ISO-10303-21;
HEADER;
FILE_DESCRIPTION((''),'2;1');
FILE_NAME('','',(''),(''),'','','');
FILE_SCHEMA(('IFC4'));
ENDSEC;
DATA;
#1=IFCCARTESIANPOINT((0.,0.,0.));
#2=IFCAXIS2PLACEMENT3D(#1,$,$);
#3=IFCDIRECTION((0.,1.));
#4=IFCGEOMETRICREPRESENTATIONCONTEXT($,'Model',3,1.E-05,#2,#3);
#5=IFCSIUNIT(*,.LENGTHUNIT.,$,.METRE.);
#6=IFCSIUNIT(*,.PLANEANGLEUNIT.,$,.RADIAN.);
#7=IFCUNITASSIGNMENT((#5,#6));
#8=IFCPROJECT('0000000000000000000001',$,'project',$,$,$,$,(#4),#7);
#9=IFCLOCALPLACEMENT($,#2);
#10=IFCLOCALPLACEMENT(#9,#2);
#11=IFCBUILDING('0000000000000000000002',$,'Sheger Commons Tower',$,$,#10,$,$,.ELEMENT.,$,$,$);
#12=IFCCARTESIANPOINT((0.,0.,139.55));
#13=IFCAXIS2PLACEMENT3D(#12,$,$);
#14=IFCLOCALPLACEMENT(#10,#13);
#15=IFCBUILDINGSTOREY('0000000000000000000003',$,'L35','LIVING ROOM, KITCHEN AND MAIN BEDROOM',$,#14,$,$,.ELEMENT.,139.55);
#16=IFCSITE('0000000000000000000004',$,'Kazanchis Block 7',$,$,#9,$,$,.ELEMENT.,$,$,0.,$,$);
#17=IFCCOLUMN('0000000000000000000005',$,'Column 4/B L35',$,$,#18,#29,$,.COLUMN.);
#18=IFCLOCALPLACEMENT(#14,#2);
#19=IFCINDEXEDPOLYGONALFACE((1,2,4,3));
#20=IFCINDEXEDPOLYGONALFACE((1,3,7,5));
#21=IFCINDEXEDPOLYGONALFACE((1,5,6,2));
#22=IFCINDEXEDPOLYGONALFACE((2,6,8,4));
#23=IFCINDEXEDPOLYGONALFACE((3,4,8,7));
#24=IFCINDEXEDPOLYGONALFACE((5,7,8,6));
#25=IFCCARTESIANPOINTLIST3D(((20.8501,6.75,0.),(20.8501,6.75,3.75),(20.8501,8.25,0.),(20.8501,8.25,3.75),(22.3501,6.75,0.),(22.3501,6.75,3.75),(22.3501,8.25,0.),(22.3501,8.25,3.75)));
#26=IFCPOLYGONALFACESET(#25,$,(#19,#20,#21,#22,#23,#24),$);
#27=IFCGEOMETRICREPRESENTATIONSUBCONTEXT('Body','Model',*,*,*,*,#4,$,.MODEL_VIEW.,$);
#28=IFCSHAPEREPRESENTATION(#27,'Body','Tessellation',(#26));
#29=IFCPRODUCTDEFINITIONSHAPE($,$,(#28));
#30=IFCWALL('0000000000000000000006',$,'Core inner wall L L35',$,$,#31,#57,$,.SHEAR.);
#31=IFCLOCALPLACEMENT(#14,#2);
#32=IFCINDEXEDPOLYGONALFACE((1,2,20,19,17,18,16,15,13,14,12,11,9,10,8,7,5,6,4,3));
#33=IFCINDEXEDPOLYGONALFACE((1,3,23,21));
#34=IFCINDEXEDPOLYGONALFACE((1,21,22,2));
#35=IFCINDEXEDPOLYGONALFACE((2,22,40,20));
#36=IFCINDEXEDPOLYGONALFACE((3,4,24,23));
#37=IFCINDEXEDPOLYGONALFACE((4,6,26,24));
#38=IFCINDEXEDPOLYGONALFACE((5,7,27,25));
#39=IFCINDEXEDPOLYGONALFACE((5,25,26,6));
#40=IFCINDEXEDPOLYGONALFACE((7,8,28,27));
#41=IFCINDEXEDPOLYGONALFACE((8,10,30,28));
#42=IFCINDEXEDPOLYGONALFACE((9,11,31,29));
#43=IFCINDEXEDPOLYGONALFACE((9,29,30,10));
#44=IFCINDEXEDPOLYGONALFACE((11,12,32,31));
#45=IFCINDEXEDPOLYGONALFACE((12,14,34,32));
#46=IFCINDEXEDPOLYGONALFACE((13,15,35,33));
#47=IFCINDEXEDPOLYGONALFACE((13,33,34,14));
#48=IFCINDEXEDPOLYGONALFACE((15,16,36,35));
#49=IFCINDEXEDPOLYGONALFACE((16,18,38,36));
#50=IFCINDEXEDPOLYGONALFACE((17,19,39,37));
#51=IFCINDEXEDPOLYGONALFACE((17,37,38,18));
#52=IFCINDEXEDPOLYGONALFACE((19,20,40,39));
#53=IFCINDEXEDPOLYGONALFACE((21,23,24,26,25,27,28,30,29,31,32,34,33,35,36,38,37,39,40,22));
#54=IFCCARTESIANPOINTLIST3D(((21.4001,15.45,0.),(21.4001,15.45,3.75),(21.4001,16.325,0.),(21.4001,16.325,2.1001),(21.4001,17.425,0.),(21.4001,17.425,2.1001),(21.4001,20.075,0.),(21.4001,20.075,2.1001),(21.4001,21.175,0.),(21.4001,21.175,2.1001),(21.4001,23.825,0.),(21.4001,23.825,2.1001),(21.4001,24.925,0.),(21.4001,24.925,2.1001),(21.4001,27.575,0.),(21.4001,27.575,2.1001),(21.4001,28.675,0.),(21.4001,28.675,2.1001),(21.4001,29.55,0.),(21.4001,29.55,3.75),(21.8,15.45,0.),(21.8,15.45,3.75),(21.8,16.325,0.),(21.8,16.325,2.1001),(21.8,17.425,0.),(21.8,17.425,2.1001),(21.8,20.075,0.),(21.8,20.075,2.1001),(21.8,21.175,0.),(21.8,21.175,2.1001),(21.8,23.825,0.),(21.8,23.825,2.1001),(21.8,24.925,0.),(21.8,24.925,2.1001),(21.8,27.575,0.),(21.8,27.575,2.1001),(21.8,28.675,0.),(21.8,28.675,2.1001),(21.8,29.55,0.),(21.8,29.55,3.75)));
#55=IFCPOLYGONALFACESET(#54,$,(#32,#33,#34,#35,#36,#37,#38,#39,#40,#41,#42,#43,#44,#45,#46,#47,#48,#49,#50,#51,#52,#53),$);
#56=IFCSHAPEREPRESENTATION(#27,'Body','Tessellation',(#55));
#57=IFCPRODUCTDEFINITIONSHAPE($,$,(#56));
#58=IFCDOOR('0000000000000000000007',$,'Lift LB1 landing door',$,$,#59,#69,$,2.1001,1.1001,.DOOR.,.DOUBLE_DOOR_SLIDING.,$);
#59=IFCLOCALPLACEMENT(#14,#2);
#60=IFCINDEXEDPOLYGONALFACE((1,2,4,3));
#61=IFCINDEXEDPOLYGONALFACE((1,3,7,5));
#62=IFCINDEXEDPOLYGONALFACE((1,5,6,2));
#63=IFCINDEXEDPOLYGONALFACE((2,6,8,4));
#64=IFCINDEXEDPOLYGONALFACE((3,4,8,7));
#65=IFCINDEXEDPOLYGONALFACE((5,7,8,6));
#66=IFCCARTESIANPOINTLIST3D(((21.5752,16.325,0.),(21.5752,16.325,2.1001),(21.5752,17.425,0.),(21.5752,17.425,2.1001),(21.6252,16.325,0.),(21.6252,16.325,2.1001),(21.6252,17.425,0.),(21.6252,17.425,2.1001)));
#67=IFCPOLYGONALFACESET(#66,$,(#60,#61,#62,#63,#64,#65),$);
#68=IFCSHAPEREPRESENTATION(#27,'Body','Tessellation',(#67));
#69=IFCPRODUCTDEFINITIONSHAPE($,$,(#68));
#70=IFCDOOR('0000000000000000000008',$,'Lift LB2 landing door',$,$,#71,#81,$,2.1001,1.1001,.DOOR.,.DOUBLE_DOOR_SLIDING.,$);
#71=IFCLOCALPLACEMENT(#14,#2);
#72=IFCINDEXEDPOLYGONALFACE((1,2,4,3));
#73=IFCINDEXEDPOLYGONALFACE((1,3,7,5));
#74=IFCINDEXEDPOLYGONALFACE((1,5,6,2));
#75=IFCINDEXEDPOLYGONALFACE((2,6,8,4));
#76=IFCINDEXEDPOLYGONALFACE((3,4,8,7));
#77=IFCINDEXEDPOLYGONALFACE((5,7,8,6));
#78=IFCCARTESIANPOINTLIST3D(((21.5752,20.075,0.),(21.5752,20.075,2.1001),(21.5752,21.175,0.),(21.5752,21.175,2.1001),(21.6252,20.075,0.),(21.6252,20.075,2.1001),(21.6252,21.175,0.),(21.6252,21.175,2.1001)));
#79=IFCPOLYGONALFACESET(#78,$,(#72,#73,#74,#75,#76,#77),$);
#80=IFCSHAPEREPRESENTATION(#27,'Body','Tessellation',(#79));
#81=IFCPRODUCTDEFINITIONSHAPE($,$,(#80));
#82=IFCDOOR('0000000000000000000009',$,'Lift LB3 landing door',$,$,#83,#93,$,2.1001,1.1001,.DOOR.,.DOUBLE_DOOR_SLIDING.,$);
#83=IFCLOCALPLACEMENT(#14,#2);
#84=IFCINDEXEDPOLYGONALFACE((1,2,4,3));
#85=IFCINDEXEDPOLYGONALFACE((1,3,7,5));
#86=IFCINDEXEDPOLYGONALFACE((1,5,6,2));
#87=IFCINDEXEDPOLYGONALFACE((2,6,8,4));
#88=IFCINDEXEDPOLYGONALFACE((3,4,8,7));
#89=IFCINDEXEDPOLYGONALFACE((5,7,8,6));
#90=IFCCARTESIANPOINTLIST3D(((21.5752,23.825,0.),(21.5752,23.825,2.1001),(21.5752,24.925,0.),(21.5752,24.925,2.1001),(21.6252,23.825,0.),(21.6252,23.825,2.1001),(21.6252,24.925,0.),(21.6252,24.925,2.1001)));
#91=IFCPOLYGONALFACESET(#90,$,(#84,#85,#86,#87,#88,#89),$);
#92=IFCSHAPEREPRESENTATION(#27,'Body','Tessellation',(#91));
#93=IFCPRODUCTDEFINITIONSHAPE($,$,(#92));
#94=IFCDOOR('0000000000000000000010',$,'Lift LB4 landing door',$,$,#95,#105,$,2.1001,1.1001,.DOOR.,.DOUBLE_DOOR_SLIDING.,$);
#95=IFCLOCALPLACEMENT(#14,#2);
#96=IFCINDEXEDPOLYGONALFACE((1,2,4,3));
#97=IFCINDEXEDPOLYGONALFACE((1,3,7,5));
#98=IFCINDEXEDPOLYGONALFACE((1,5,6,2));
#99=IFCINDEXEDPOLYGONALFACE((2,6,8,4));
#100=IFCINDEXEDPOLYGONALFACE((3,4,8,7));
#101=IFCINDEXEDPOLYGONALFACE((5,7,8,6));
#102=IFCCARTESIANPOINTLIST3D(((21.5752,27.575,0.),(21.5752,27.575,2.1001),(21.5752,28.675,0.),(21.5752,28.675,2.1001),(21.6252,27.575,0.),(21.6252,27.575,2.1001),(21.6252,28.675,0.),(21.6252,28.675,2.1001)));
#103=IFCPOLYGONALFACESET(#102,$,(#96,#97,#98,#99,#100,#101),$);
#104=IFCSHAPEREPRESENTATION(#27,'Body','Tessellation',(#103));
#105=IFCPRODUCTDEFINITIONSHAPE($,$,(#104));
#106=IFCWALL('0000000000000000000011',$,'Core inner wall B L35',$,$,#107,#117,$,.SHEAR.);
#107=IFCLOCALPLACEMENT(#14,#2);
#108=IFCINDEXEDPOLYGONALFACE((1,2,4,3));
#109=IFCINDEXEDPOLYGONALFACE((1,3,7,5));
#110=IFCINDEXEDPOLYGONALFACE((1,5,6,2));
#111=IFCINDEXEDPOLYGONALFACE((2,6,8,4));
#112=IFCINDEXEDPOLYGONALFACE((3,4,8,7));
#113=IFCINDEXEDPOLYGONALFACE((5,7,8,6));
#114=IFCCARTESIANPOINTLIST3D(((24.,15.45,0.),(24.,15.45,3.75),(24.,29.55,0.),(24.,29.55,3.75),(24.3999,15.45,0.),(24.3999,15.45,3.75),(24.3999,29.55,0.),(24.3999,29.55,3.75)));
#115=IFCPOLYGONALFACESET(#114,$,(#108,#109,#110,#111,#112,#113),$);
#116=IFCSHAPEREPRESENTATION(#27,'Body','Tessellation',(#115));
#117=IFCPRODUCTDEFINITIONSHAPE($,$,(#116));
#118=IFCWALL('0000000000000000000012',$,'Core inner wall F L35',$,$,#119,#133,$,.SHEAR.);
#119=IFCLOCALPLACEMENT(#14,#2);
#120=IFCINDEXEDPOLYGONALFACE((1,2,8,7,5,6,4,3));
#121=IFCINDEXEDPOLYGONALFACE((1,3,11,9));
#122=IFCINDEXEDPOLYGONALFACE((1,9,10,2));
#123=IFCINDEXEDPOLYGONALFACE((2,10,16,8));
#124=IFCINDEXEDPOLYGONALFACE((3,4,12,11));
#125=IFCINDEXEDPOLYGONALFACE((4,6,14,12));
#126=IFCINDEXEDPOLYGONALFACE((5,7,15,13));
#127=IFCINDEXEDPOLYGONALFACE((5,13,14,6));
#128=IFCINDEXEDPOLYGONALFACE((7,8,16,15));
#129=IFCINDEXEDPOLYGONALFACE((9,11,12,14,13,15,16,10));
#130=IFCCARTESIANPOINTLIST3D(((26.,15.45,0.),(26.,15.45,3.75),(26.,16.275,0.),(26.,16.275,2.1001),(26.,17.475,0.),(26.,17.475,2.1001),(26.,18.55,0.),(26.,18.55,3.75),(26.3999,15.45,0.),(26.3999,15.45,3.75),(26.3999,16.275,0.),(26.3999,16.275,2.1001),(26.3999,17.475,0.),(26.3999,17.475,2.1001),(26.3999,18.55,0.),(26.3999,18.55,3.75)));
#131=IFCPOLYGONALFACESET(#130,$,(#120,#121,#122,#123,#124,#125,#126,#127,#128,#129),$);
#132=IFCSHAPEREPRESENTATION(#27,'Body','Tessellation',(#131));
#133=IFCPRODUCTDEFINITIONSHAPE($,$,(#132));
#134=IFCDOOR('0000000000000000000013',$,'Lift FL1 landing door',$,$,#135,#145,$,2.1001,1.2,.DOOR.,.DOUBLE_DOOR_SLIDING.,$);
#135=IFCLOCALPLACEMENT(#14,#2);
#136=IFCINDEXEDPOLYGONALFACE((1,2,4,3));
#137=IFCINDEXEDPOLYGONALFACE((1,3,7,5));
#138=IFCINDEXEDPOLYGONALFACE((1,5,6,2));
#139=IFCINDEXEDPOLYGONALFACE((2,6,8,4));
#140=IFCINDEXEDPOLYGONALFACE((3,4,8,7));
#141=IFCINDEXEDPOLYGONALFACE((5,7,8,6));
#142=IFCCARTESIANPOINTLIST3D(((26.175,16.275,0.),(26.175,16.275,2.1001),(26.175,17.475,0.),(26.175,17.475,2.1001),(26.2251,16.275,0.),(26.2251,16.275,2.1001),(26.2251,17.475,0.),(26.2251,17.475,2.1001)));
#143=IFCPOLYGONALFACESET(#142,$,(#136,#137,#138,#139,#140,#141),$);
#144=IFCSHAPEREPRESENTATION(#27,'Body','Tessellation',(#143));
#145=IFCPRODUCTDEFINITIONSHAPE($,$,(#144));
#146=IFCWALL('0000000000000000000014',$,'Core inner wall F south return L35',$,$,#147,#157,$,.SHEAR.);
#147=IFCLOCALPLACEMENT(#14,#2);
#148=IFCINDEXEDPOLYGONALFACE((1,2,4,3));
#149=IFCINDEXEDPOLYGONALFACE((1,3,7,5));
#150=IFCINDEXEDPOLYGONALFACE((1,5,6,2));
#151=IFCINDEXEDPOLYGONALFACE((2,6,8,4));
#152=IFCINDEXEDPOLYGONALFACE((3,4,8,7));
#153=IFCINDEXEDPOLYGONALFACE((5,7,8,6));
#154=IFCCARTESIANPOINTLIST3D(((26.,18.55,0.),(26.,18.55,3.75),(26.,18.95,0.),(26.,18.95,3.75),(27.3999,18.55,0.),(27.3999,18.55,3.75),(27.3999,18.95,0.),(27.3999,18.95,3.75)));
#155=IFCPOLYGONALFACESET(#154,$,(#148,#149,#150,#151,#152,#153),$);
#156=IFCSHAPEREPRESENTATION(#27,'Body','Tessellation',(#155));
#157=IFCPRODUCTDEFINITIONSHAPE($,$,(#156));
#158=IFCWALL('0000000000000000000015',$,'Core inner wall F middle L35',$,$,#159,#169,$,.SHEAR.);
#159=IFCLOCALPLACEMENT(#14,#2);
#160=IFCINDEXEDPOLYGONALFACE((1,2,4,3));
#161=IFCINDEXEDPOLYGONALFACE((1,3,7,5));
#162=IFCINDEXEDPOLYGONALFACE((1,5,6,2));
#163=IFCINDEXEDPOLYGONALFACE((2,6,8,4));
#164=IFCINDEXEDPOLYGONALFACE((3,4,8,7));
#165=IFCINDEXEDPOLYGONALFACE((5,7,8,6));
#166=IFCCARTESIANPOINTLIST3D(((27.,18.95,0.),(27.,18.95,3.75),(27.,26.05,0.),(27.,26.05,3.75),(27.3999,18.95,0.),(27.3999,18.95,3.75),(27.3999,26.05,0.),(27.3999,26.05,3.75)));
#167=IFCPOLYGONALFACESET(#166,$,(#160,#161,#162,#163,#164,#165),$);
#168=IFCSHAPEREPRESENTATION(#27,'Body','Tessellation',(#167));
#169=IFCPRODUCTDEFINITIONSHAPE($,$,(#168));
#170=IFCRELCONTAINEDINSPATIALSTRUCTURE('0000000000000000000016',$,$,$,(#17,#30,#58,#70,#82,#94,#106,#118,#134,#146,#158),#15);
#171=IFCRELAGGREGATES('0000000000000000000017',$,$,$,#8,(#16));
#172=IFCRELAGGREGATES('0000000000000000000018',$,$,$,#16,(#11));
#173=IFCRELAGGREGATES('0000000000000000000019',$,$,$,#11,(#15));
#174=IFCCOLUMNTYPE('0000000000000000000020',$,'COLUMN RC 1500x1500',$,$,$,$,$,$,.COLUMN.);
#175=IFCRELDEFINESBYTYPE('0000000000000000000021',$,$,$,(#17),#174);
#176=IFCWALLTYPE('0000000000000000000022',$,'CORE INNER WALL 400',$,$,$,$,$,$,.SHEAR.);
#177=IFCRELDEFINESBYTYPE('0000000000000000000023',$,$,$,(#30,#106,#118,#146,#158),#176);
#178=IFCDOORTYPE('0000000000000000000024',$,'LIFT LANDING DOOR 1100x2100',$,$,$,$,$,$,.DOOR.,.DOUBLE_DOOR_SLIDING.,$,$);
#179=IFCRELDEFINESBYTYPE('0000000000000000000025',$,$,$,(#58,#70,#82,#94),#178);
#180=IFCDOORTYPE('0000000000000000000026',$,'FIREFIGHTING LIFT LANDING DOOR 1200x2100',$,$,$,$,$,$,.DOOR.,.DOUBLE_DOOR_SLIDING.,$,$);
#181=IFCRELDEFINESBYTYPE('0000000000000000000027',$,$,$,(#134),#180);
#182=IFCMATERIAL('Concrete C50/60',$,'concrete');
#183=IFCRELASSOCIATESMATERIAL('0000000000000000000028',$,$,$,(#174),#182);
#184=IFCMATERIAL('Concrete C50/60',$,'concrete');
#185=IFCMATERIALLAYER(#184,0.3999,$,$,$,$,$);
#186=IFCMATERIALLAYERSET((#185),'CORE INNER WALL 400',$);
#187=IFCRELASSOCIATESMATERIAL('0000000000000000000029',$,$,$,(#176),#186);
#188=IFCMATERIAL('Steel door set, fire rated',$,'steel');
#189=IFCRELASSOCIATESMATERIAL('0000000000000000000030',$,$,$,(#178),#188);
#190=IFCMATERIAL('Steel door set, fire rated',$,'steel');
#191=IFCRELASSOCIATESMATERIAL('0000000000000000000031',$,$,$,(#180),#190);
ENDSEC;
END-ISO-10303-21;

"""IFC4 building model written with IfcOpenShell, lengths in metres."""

from ifc_helpers import new_model, si_unit, direction, frame, frame_2d, origin, origin_2d, place, context, subcontext, project, spatial, rectangle, extrude, material, layer, layer_set, material_profile, profile_set, type_object, element, fill, save


model = new_model("IFC4")

# Units and contexts
model_context = context("Model", 3, precision=1e-05, world=origin(), true_north=direction((0.0, 1.0)))
body_context = subcontext(model_context, "Body", "Model", "MODEL_VIEW")
ifc_project = project(units=[si_unit("LENGTHUNIT", "METRE"), si_unit("PLANEANGLEUNIT", "RADIAN")], contexts=[model_context])

# Site, building, storey
site_placement = place(None, origin())
site = spatial("IfcSite", under=ifc_project, at=site_placement, Name="Kazanchis Block 7", CompositionType="ELEMENT", RefElevation=0.0)
building_placement = place(site_placement, origin())
building = spatial("IfcBuilding", under=site, at=building_placement, Name="Sheger Commons Tower", CompositionType="ELEMENT")
storey_placement = place(building_placement, frame((0.0, 0.0, 139.55)))
storey = spatial("IfcBuildingStorey", under=building, at=storey_placement, Name="L35", Description="LIVING ROOM, KITCHEN AND MAIN BEDROOM", CompositionType="ELEMENT", Elevation=139.55)

# Column
ifc_material_1 = material(Name="Concrete C50/60", Category="concrete")
ifc_material_profile = material_profile(ifc_material_1, rectangle(XDim=1.5, YDim=1.5, at=origin_2d()), Name="RC 1500x1500")
ifc_profile_set = profile_set([ifc_material_profile], Name="Concrete C50/60")
column_type = type_object("IfcColumnType", Name="COLUMN RC 1500x1500", PredefinedType="COLUMN", material=ifc_profile_set)
column_placement = place(storey_placement, frame((21.6001, 7.5, 0.0), z_axis=(0.0, 0.0, 1.0), x_axis=(1.0, 0.0, 0.0)))
element("IfcColumn", 1, at=column_placement, inside=storey, type_object=column_type, Name="Column 4/B L35", PredefinedType="COLUMN", context=body_context, shape_type="SweptSolid", body=[
    extrude(rectangle(XDim=1.5, YDim=1.5, at=origin_2d()), origin(), (0.0, 0.0, 1.0), 3.75),
])

# Wall, openings, doors
ifc_material_2 = material(Name="Concrete C50/60", Category="concrete")
ifc_layer_1 = layer(ifc_material_2, 0.3999)
ifc_layer_set_1 = layer_set([ifc_layer_1], Name="CORE INNER WALL 400")
wall_type_1 = type_object("IfcWallType", Name="CORE INNER WALL 400", PredefinedType="SHEAR", material=ifc_layer_set_1)
wall_1_placement = place(storey_placement, frame((21.6001, 15.45, 0.0), z_axis=(0.0, 0.0, 1.0), x_axis=(0.0, 1.0, 0.0)))
wall_1 = element("IfcWall", 2, at=wall_1_placement, inside=storey, type_object=wall_type_1, Name="Core inner wall L L35", PredefinedType="SHEAR", context=body_context, shape_type="SweptSolid", body=[
    extrude(rectangle(XDim=14.1001, YDim=0.3999, at=frame_2d((7.05, 0.0))), origin(), (0.0, 0.0, 1.0), 3.75),
])
opening_1_placement = place(wall_1_placement, frame((0.875, 0.0, 0.0)))
opening_1 = element("IfcOpeningElement", 3, at=opening_1_placement, cuts=wall_1, PredefinedType="OPENING", context=body_context, shape_type="SweptSolid", body=[
    extrude(rectangle(XDim=1.1001, YDim=2.1001, at=frame_2d((0.55, 1.05))), frame((0.0, 0.21, 0.0), z_axis=(0.0, -1.0, 0.0), x_axis=(1.0, 0.0, 0.0)), (0.0, 0.0, 1.0), 0.4199),
])
opening_2_placement = place(wall_1_placement, frame((4.625, 0.0, 0.0)))
opening_2 = element("IfcOpeningElement", 4, at=opening_2_placement, cuts=wall_1, PredefinedType="OPENING", context=body_context, shape_type="SweptSolid", body=[
    extrude(rectangle(XDim=1.1001, YDim=2.1001, at=frame_2d((0.55, 1.05))), frame((0.0, 0.21, 0.0), z_axis=(0.0, -1.0, 0.0), x_axis=(1.0, 0.0, 0.0)), (0.0, 0.0, 1.0), 0.4199),
])
opening_3_placement = place(wall_1_placement, frame((8.375, 0.0, 0.0)))
opening_3 = element("IfcOpeningElement", 5, at=opening_3_placement, cuts=wall_1, PredefinedType="OPENING", context=body_context, shape_type="SweptSolid", body=[
    extrude(rectangle(XDim=1.1001, YDim=2.1001, at=frame_2d((0.55, 1.05))), frame((0.0, 0.21, 0.0), z_axis=(0.0, -1.0, 0.0), x_axis=(1.0, 0.0, 0.0)), (0.0, 0.0, 1.0), 0.4199),
])
opening_4_placement = place(wall_1_placement, frame((12.125, 0.0, 0.0)))
opening_4 = element("IfcOpeningElement", 6, at=opening_4_placement, cuts=wall_1, PredefinedType="OPENING", context=body_context, shape_type="SweptSolid", body=[
    extrude(rectangle(XDim=1.1001, YDim=2.1001, at=frame_2d((0.55, 1.05))), frame((0.0, 0.21, 0.0), z_axis=(0.0, -1.0, 0.0), x_axis=(1.0, 0.0, 0.0)), (0.0, 0.0, 1.0), 0.4199),
])
ifc_material_3 = material(Name="Steel door set, fire rated", Category="steel")
door_type_1 = type_object("IfcDoorType", Name="LIFT LANDING DOOR 1100x2100", OperationType="DOUBLE_DOOR_SLIDING", PredefinedType="DOOR", material=ifc_material_3)
door_1_placement = place(opening_1_placement, origin())
door_1 = element("IfcDoor", 7, at=door_1_placement, inside=storey, type_object=door_type_1, Name="Lift LB1 landing door", OperationType="DOUBLE_DOOR_SLIDING", OverallHeight=2.1001, OverallWidth=1.1001, PredefinedType="DOOR", context=body_context, shape_type="SweptSolid", body=[
    extrude(rectangle(XDim=1.1001, YDim=2.1001, at=frame_2d((0.55, 1.05))), frame((0.0, 0.0249, 0.0), z_axis=(0.0, -1.0, 0.0), x_axis=(1.0, 0.0, 0.0)), (0.0, 0.0, 1.0), 0.05),
])
fill(opening_1, door_1)
door_2_placement = place(opening_2_placement, origin())
door_2 = element("IfcDoor", 8, at=door_2_placement, inside=storey, type_object=door_type_1, Name="Lift LB2 landing door", OperationType="DOUBLE_DOOR_SLIDING", OverallHeight=2.1001, OverallWidth=1.1001, PredefinedType="DOOR", context=body_context, shape_type="SweptSolid", body=[
    extrude(rectangle(XDim=1.1001, YDim=2.1001, at=frame_2d((0.55, 1.05))), frame((0.0, 0.0249, 0.0), z_axis=(0.0, -1.0, 0.0), x_axis=(1.0, 0.0, 0.0)), (0.0, 0.0, 1.0), 0.05),
])
fill(opening_2, door_2)
door_3_placement = place(opening_3_placement, origin())
door_3 = element("IfcDoor", 9, at=door_3_placement, inside=storey, type_object=door_type_1, Name="Lift LB3 landing door", OperationType="DOUBLE_DOOR_SLIDING", OverallHeight=2.1001, OverallWidth=1.1001, PredefinedType="DOOR", context=body_context, shape_type="SweptSolid", body=[
    extrude(rectangle(XDim=1.1001, YDim=2.1001, at=frame_2d((0.55, 1.05))), frame((0.0, 0.0249, 0.0), z_axis=(0.0, -1.0, 0.0), x_axis=(1.0, 0.0, 0.0)), (0.0, 0.0, 1.0), 0.05),
])
fill(opening_3, door_3)
door_4_placement = place(opening_4_placement, origin())
door_4 = element("IfcDoor", 10, at=door_4_placement, inside=storey, type_object=door_type_1, Name="Lift LB4 landing door", OperationType="DOUBLE_DOOR_SLIDING", OverallHeight=2.1001, OverallWidth=1.1001, PredefinedType="DOOR", context=body_context, shape_type="SweptSolid", body=[
    extrude(rectangle(XDim=1.1001, YDim=2.1001, at=frame_2d((0.55, 1.05))), frame((0.0, 0.0249, 0.0), z_axis=(0.0, -1.0, 0.0), x_axis=(1.0, 0.0, 0.0)), (0.0, 0.0, 1.0), 0.05),
])
fill(opening_4, door_4)

# Wall
wall_2_placement = place(storey_placement, frame((24.2, 15.45, 0.0), z_axis=(0.0, 0.0, 1.0), x_axis=(0.0, 1.0, 0.0)))
element("IfcWall", 11, at=wall_2_placement, inside=storey, type_object=wall_type_1, Name="Core inner wall B L35", PredefinedType="SHEAR", context=body_context, shape_type="SweptSolid", body=[
    extrude(rectangle(XDim=14.1001, YDim=0.3999, at=frame_2d((7.05, 0.0))), origin(), (0.0, 0.0, 1.0), 3.75),
])

# Wall, opening, door
wall_3_placement = place(storey_placement, frame((26.2, 15.45, 0.0), z_axis=(0.0, 0.0, 1.0), x_axis=(0.0, 1.0, 0.0)))
wall_3 = element("IfcWall", 12, at=wall_3_placement, inside=storey, type_object=wall_type_1, Name="Core inner wall F L35", PredefinedType="SHEAR", context=body_context, shape_type="SweptSolid", body=[
    extrude(rectangle(XDim=3.1001, YDim=0.3999, at=frame_2d((1.55, 0.0))), origin(), (0.0, 0.0, 1.0), 3.75),
])
opening_5_placement = place(wall_3_placement, frame((0.825, 0.0, 0.0)))
opening_5 = element("IfcOpeningElement", 13, at=opening_5_placement, cuts=wall_3, PredefinedType="OPENING", context=body_context, shape_type="SweptSolid", body=[
    extrude(rectangle(XDim=1.2, YDim=2.1001, at=frame_2d((0.6001, 1.05))), frame((0.0, 0.21, 0.0), z_axis=(0.0, -1.0, 0.0), x_axis=(1.0, 0.0, 0.0)), (0.0, 0.0, 1.0), 0.4199),
])
ifc_material_4 = material(Name="Steel door set, fire rated", Category="steel")
door_type_2 = type_object("IfcDoorType", Name="FIREFIGHTING LIFT LANDING DOOR 1200x2100", OperationType="DOUBLE_DOOR_SLIDING", PredefinedType="DOOR", material=ifc_material_4)
door_5_placement = place(opening_5_placement, origin())
door_5 = element("IfcDoor", 14, at=door_5_placement, inside=storey, type_object=door_type_2, Name="Lift FL1 landing door", OperationType="DOUBLE_DOOR_SLIDING", OverallHeight=2.1001, OverallWidth=1.2, PredefinedType="DOOR", context=body_context, shape_type="SweptSolid", body=[
    extrude(rectangle(XDim=1.2, YDim=2.1001, at=frame_2d((0.6001, 1.05))), frame((0.0, 0.0249, 0.0), z_axis=(0.0, -1.0, 0.0), x_axis=(1.0, 0.0, 0.0)), (0.0, 0.0, 1.0), 0.05),
])
fill(opening_5, door_5)

# Walls
wall_4_placement = place(storey_placement, frame((26.0, 18.75, 0.0), z_axis=(0.0, 0.0, 1.0), x_axis=(1.0, 0.0, 0.0)))
element("IfcWall", 15, at=wall_4_placement, inside=storey, type_object=wall_type_1, Name="Core inner wall F south return L35", PredefinedType="SHEAR", context=body_context, shape_type="SweptSolid", body=[
    extrude(rectangle(XDim=1.3999, YDim=0.3999, at=frame_2d((0.7, 0.0))), origin(), (0.0, 0.0, 1.0), 3.75),
])
wall_5_placement = place(storey_placement, frame((27.2, 18.95, 0.0), z_axis=(0.0, 0.0, 1.0), x_axis=(0.0, 1.0, 0.0)))
element("IfcWall", 16, at=wall_5_placement, inside=storey, type_object=wall_type_1, Name="Core inner wall F middle L35", PredefinedType="SHEAR", context=body_context, shape_type="SweptSolid", body=[
    extrude(rectangle(XDim=7.1001, YDim=0.3999, at=frame_2d((3.55, 0.0))), origin(), (0.0, 0.0, 1.0), 3.75),
])

save(model, "model.ifc")
